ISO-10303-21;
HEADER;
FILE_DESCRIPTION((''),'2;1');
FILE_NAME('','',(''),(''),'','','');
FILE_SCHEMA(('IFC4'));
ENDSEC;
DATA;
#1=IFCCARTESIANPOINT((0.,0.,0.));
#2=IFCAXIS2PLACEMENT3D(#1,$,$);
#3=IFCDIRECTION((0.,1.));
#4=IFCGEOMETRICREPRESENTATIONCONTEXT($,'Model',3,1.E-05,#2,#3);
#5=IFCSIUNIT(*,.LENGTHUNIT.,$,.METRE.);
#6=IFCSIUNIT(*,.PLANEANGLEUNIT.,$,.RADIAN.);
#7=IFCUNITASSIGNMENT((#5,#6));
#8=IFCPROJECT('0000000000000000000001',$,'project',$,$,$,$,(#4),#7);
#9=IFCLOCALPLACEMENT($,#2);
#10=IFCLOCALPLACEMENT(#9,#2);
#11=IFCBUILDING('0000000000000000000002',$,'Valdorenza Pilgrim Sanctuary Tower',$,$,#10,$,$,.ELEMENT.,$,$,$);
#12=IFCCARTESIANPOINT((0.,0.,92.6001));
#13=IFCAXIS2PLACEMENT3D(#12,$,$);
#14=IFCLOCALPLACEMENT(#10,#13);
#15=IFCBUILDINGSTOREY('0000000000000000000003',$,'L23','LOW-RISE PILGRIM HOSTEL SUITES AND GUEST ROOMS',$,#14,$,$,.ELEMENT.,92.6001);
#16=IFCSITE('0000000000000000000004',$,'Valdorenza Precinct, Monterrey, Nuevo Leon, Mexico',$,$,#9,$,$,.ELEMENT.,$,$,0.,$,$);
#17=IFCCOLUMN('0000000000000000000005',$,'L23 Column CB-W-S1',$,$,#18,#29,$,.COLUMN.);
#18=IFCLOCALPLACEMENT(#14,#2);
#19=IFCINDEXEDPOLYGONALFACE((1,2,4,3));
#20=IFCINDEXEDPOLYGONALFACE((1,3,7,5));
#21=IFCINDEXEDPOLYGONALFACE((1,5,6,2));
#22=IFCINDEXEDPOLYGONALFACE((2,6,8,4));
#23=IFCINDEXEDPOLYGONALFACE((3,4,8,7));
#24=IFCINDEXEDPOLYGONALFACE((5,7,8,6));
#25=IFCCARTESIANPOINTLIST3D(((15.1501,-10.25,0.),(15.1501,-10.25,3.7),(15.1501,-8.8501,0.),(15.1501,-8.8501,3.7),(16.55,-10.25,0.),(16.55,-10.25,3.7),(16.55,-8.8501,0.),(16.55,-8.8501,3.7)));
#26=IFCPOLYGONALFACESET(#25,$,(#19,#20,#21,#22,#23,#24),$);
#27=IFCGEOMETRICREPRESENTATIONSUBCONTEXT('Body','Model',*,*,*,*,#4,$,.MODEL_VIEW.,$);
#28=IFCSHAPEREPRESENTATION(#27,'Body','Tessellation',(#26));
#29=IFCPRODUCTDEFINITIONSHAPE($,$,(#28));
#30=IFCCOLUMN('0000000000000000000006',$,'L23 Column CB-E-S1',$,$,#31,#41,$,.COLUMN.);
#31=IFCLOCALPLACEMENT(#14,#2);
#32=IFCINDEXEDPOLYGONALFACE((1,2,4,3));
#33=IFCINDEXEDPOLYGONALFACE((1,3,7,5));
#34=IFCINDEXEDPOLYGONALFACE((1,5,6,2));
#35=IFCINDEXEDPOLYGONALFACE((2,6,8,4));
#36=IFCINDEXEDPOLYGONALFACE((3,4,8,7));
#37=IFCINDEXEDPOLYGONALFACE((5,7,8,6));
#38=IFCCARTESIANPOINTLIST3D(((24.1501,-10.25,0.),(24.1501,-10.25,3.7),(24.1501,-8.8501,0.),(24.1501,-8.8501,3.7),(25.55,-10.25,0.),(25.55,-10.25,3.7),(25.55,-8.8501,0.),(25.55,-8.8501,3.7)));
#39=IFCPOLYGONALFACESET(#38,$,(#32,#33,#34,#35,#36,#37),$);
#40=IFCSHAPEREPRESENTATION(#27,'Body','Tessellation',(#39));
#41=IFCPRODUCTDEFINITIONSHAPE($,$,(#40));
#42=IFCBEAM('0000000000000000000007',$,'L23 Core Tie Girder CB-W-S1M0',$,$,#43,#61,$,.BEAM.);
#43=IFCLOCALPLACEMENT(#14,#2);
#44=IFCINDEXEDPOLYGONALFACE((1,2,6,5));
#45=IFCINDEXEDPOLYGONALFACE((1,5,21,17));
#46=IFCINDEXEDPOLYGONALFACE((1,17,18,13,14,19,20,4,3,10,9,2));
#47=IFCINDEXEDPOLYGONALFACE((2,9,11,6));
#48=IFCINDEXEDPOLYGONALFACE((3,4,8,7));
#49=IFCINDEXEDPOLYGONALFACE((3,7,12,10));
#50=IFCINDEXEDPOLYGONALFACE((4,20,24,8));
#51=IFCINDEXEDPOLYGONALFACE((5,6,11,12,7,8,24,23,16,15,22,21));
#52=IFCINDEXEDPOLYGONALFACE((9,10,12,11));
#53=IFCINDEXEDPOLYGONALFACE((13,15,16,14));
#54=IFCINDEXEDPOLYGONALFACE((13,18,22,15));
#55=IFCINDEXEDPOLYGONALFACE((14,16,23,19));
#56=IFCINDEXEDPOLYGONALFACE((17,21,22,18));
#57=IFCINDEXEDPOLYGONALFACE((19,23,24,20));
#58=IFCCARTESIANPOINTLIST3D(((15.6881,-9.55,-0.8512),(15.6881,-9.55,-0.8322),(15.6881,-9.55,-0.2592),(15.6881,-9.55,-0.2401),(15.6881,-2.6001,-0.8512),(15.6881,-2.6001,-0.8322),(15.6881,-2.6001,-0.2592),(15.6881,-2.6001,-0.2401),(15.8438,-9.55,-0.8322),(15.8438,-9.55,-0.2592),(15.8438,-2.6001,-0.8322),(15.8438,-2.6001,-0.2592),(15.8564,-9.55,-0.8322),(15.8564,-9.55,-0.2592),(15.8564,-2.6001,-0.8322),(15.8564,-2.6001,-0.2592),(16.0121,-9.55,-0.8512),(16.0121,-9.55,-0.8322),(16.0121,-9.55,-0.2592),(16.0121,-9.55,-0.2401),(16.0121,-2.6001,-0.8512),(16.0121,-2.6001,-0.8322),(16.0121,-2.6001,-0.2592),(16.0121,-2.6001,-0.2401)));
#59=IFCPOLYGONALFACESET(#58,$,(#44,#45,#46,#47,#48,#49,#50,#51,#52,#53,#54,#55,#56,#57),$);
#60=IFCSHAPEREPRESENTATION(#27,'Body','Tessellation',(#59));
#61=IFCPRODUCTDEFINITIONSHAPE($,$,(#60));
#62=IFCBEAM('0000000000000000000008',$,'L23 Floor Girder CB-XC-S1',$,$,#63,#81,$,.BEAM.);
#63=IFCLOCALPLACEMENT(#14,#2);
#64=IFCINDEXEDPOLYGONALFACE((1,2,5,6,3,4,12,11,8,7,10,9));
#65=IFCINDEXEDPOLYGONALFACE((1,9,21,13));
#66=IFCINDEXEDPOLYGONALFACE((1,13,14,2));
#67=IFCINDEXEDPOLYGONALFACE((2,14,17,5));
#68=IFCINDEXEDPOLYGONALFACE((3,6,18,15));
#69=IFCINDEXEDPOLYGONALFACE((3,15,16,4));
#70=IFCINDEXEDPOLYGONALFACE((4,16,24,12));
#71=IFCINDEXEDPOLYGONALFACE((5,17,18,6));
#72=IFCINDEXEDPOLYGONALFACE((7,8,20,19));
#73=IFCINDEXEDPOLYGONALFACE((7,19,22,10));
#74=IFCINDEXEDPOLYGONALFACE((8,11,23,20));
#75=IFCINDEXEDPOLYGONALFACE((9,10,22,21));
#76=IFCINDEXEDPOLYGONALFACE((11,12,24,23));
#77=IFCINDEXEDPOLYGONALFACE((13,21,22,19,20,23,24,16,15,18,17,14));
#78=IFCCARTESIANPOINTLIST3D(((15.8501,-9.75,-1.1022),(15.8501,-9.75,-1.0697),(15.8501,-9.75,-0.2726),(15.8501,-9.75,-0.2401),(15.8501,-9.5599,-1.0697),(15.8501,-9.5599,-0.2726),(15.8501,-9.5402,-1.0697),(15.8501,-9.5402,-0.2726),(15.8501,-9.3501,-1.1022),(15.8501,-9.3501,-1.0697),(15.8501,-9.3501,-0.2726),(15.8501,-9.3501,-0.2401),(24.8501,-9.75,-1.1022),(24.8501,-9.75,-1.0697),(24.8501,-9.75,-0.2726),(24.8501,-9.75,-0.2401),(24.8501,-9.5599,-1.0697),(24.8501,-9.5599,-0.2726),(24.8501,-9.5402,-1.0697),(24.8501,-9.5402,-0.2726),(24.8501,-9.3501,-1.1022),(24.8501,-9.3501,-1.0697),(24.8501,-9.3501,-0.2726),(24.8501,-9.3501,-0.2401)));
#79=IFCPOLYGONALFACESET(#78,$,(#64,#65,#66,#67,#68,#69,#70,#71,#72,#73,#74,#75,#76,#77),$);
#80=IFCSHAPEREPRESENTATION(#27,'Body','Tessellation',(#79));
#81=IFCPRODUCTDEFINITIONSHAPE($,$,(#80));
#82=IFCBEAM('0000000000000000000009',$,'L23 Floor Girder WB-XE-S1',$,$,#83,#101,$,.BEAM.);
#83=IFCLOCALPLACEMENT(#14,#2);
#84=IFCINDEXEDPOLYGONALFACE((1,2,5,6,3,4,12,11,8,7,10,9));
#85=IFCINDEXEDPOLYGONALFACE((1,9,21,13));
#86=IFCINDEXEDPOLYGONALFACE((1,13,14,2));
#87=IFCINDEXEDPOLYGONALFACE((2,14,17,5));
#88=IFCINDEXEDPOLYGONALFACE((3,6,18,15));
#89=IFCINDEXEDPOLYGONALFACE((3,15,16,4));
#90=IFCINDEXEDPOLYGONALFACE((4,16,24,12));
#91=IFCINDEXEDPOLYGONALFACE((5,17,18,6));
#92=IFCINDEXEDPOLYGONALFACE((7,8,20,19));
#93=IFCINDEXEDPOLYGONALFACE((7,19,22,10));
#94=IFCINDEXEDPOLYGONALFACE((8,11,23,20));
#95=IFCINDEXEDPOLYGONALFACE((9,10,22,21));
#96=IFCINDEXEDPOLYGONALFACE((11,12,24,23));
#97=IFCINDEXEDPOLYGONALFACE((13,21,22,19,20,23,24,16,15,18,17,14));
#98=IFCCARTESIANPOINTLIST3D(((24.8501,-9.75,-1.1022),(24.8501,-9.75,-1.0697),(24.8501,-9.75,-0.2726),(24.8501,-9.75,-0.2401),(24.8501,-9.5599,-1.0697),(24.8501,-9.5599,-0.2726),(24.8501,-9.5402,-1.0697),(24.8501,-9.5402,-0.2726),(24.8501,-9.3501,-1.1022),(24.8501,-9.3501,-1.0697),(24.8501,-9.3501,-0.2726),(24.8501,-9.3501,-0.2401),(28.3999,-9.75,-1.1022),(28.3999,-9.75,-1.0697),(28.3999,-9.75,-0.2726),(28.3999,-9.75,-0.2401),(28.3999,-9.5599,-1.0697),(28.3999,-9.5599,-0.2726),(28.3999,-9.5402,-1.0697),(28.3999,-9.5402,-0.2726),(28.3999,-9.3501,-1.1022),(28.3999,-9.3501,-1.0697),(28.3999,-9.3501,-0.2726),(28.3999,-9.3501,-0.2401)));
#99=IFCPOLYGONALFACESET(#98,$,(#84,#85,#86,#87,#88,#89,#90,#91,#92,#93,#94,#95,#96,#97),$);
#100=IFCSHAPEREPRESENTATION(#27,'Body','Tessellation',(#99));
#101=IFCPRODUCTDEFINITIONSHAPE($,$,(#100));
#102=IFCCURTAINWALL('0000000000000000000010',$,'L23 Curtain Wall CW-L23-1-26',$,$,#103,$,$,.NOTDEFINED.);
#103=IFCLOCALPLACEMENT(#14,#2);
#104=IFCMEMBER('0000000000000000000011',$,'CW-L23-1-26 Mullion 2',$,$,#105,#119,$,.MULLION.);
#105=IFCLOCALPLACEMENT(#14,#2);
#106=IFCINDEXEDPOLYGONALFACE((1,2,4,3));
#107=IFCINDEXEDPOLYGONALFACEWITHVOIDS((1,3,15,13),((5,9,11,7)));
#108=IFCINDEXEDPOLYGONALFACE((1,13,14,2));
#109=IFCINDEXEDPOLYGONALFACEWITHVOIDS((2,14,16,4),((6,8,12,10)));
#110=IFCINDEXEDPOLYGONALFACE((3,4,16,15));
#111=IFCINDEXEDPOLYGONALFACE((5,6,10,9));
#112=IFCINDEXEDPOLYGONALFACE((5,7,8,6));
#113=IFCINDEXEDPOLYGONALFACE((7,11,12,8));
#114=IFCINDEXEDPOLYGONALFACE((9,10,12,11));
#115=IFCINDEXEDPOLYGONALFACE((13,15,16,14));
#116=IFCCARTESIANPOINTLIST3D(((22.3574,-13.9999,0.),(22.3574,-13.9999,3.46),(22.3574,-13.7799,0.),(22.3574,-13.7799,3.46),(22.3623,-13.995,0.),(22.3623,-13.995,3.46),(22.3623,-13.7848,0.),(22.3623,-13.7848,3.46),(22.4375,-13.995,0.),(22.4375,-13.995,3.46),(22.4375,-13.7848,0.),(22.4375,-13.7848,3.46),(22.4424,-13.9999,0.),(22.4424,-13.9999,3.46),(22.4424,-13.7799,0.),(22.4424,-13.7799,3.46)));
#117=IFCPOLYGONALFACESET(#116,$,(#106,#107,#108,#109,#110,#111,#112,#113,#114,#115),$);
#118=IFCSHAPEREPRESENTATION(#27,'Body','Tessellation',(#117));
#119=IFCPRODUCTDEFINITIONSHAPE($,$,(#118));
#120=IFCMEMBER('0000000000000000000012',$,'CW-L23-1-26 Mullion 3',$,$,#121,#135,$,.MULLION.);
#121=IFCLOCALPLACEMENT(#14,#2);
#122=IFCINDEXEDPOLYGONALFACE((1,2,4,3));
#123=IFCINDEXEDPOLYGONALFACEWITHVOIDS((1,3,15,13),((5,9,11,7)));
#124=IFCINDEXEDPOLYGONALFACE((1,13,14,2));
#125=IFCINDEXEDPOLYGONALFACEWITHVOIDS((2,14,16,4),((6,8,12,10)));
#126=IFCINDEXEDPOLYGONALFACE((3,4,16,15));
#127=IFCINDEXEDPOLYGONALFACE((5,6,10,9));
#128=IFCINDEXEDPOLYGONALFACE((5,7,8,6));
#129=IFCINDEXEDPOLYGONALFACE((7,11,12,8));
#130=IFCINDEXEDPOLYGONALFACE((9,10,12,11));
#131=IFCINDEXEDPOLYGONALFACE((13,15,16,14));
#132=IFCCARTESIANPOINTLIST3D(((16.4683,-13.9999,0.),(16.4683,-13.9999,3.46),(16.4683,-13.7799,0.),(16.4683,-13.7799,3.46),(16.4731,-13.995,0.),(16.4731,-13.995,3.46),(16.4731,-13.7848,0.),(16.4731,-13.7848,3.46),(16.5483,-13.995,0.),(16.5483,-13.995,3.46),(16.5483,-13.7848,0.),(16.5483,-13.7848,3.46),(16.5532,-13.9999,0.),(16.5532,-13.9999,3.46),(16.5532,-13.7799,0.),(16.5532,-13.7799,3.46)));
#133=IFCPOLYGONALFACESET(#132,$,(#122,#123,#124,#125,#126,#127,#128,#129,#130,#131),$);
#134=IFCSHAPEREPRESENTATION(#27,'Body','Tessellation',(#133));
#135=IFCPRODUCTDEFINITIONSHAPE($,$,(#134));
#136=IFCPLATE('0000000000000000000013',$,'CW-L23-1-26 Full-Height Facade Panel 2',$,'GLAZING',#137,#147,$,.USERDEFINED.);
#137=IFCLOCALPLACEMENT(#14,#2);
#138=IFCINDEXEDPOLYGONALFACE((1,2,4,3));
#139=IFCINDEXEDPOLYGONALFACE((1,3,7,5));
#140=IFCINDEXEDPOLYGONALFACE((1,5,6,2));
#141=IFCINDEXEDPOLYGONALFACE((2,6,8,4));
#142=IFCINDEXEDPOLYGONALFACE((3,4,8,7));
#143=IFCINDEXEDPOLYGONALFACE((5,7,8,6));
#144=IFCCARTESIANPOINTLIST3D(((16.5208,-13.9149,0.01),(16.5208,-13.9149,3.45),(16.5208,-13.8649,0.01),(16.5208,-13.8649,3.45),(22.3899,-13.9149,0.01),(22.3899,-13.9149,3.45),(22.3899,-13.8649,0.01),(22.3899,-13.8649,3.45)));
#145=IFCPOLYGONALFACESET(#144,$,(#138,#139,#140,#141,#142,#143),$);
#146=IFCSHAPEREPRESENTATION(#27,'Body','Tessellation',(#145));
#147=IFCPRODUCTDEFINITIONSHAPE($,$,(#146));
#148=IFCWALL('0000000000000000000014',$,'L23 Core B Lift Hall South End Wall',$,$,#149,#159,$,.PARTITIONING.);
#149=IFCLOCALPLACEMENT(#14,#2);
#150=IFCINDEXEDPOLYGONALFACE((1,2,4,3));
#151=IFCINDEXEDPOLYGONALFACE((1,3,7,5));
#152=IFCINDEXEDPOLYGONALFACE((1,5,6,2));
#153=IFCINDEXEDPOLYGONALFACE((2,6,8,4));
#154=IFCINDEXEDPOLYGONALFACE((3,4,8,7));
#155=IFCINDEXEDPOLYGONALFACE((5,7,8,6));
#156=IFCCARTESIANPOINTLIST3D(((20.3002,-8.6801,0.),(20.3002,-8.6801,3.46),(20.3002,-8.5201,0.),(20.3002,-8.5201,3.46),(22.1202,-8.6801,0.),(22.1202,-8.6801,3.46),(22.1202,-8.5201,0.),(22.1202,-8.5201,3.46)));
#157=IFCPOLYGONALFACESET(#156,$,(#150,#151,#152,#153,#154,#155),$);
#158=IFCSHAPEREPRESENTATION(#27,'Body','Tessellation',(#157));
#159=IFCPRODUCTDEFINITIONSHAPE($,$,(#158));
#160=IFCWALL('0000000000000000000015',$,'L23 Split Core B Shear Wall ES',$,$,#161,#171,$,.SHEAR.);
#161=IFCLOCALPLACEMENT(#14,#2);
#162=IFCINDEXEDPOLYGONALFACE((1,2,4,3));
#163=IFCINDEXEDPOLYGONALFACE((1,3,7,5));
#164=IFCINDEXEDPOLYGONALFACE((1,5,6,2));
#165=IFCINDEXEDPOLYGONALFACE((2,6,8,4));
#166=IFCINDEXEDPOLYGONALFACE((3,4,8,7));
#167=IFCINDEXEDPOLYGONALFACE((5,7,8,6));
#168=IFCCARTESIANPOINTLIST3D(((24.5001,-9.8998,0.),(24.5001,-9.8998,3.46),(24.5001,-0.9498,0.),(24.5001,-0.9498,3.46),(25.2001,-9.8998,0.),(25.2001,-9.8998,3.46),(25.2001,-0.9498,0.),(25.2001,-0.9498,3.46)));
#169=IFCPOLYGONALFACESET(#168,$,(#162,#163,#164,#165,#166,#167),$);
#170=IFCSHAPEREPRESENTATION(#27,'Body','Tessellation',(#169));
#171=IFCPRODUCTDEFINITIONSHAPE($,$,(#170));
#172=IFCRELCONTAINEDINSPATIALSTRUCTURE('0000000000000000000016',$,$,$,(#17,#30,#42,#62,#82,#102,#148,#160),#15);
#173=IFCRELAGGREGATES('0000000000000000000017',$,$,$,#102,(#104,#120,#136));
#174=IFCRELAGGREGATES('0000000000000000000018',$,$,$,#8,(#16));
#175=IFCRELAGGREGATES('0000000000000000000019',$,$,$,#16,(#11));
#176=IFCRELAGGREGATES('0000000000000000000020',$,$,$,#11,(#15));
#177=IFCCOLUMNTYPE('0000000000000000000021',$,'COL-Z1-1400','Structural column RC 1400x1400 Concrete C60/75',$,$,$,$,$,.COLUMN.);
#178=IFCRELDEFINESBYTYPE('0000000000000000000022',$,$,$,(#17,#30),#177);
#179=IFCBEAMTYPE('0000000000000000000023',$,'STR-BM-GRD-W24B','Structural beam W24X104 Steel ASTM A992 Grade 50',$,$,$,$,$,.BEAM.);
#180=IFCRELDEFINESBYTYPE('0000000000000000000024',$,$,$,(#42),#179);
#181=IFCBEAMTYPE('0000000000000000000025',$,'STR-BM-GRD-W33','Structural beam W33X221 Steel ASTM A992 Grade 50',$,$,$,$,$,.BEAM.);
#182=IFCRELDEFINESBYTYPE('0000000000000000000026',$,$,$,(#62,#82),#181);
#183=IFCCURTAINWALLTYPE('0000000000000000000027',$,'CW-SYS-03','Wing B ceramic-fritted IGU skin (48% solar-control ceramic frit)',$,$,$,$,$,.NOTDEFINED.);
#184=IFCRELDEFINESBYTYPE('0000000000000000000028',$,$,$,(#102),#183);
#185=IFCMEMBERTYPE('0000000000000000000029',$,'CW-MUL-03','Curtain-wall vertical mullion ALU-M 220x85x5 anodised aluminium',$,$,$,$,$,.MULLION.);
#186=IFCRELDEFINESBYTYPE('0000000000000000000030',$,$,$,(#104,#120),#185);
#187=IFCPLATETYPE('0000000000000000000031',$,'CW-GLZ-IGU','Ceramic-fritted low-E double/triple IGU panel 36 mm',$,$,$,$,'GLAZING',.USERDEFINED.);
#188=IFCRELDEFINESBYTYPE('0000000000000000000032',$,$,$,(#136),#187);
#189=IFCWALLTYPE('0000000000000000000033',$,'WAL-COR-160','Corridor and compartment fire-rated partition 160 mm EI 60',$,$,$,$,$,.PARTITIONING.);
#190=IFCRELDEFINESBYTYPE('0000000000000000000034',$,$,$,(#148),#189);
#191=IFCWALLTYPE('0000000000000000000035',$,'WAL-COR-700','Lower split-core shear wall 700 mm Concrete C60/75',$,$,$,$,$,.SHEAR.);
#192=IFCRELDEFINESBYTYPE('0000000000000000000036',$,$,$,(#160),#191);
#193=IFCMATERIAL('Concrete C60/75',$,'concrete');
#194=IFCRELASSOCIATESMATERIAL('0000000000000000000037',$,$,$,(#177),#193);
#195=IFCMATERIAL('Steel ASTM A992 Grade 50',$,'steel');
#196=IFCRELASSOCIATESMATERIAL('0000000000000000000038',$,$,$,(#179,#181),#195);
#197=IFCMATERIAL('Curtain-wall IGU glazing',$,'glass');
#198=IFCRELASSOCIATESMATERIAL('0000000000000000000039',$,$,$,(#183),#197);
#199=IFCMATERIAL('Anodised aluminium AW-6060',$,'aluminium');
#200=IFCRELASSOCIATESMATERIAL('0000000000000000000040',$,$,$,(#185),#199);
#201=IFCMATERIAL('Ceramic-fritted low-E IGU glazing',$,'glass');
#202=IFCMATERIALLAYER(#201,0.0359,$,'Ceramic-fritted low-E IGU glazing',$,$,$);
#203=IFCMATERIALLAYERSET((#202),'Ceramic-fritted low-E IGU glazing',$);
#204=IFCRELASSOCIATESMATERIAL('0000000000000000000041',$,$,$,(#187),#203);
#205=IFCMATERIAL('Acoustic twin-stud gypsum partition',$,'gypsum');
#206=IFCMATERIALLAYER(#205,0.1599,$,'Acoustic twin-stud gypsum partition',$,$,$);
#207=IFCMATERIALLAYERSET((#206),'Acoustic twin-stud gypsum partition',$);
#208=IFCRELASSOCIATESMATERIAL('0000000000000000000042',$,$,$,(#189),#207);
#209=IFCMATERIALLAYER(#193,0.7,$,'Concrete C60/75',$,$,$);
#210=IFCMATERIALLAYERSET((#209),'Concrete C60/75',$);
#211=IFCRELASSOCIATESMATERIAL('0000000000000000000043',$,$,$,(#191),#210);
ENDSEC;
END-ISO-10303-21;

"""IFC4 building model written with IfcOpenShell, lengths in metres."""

from ifc_helpers import new_model, si_unit, direction, frame, frame_2d, origin, origin_2d, place, context, subcontext, project, spatial, rectangle, hollow_rectangle, i_section, extrude, source, transform, mapped, material, layer, layer_set, material_profile, profile_set, type_object, element, aggregate, save


model = new_model("IFC4")

# Units and contexts
model_context = context("Model", 3, precision=1e-05, world=origin(), true_north=direction((0.0, 1.0)))
body_context = subcontext(model_context, "Body", "Model", "MODEL_VIEW")
ifc_project = project(units=[si_unit("LENGTHUNIT", "METRE"), si_unit("PLANEANGLEUNIT", "RADIAN")], contexts=[model_context])

# Site, building, storey
site_placement = place(None, origin())
site = spatial("IfcSite", under=ifc_project, at=site_placement, Name="Valdorenza Precinct, Monterrey, Nuevo Leon, Mexico", CompositionType="ELEMENT", RefElevation=0.0)
building_placement = place(site_placement, origin())
building = spatial("IfcBuilding", under=site, at=building_placement, Name="Valdorenza Pilgrim Sanctuary Tower", CompositionType="ELEMENT")
storey_placement = place(building_placement, frame((0.0, 0.0, 92.6001)))
storey = spatial("IfcBuildingStorey", under=building, at=storey_placement, Name="L23", Description="LOW-RISE PILGRIM HOSTEL SUITES AND GUEST ROOMS", CompositionType="ELEMENT", Elevation=92.6001)

# Columns
ifc_material_1 = material(Name="Concrete C60/75", Category="concrete")
ifc_material_profile_1 = material_profile(ifc_material_1, rectangle(XDim=1.3999, YDim=1.3999, at=origin_2d()), Name="RC 1400x1400")
ifc_profile_set_1 = profile_set([ifc_material_profile_1], Name="Concrete C60/75")
column_type = type_object("IfcColumnType", Name="COL-Z1-1400", Description="Structural column RC 1400x1400 Concrete C60/75", PredefinedType="COLUMN", material=ifc_profile_set_1)
shared_shape_1 = source(origin(), body_context, "Body", "SweptSolid", [
    extrude(rectangle(XDim=1.3999, YDim=1.3999, at=origin_2d()), origin(), (0.0, 0.0, 1.0), 3.7),
])
for number, where, z_axis, x_axis, name in (
    (1, (15.8501, -9.55, 0.0), (0.0, 0.0, 1.0), (1.0, 0.0, 0.0), "L23 Column CB-W-S1"),
    (2, (24.8501, -9.55, 0.0), (0.0, 0.0, 1.0), (1.0, 0.0, 0.0), "L23 Column CB-E-S1"),
):
    element("IfcColumn", number, at=place(storey_placement, frame(where, z_axis=z_axis, x_axis=x_axis)), inside=storey, type_object=column_type, Name=name, PredefinedType="COLUMN", context=body_context, shape_type="MappedRepresentation", body=[
        mapped(shared_shape_1, transform((0.0, 0.0, 0.0), x_axis=(1.0, 0.0, 0.0), y_axis=(0.0, 1.0, 0.0), z_axis=(0.0, 0.0, 1.0), scale=1.0)),
    ])

# Beams
ifc_material_2 = material(Name="Steel ASTM A992 Grade 50", Category="steel")
ifc_material_profile_2 = material_profile(ifc_material_2, i_section(OverallWidth=0.324, OverallDepth=0.6111, WebThickness=0.0127, FlangeThickness=0.019, at=origin_2d()), Name="W24X104")
ifc_profile_set_2 = profile_set([ifc_material_profile_2], Name="Steel ASTM A992 Grade 50")
beam_type_1 = type_object("IfcBeamType", Name="STR-BM-GRD-W24B", Description="Structural beam W24X104 Steel ASTM A992 Grade 50", PredefinedType="BEAM", material=ifc_profile_set_2)
shared_shape_2 = source(origin(), body_context, "Body", "SweptSolid", [
    extrude(i_section(OverallWidth=0.324, OverallDepth=0.6111, WebThickness=0.0127, FlangeThickness=0.019, at=origin_2d()), origin(), (0.0, 0.0, 1.0), 6.95),
])
beam_1_placement = place(storey_placement, frame((15.8501, -9.55, -0.5457), z_axis=(0.0, 1.0, 0.0), x_axis=(-1.0, 0.0, 0.0)))
element("IfcBeam", 3, at=beam_1_placement, inside=storey, type_object=beam_type_1, Name="L23 Core Tie Girder CB-W-S1M0", PredefinedType="BEAM", context=body_context, shape_type="MappedRepresentation", body=[
    mapped(shared_shape_2, transform((0.0, 0.0, 0.0), x_axis=(1.0, 0.0, 0.0), y_axis=(0.0, 1.0, 0.0), z_axis=(0.0, 0.0, 1.0), scale=1.0)),
])
ifc_material_profile_3 = material_profile(ifc_material_2, i_section(OverallWidth=0.3999, OverallDepth=0.8621, WebThickness=0.0198, FlangeThickness=0.0325, at=origin_2d()), Name="W33X221")
ifc_profile_set_3 = profile_set([ifc_material_profile_3], Name="Steel ASTM A992 Grade 50")
beam_type_2 = type_object("IfcBeamType", Name="STR-BM-GRD-W33", Description="Structural beam W33X221 Steel ASTM A992 Grade 50", PredefinedType="BEAM", material=ifc_profile_set_3)
shared_shape_3 = source(origin(), body_context, "Body", "SweptSolid", [
    extrude(i_section(OverallWidth=0.3999, OverallDepth=0.8621, WebThickness=0.0198, FlangeThickness=0.0325, at=origin_2d()), origin(), (0.0, 0.0, 1.0), 9.0),
])
beam_2_placement = place(storey_placement, frame((15.8501, -9.55, -0.6711), z_axis=(1.0, 0.0, 0.0), x_axis=(0.0, 1.0, 0.0)))
element("IfcBeam", 4, at=beam_2_placement, inside=storey, type_object=beam_type_2, Name="L23 Floor Girder CB-XC-S1", PredefinedType="BEAM", context=body_context, shape_type="MappedRepresentation", body=[
    mapped(shared_shape_3, transform((0.0, 0.0, 0.0), x_axis=(1.0, 0.0, 0.0), y_axis=(0.0, 1.0, 0.0), z_axis=(0.0, 0.0, 1.0), scale=1.0)),
])
shared_shape_4 = source(origin(), body_context, "Body", "SweptSolid", [
    extrude(i_section(OverallWidth=0.3999, OverallDepth=0.8621, WebThickness=0.0198, FlangeThickness=0.0325, at=origin_2d()), origin(), (0.0, 0.0, 1.0), 3.5498),
])
beam_3_placement = place(storey_placement, frame((24.8501, -9.55, -0.6711), z_axis=(1.0, 0.0, 0.0), x_axis=(0.0, 1.0, 0.0)))
element("IfcBeam", 5, at=beam_3_placement, inside=storey, type_object=beam_type_2, Name="L23 Floor Girder WB-XE-S1", PredefinedType="BEAM", context=body_context, shape_type="MappedRepresentation", body=[
    mapped(shared_shape_4, transform((0.0, 0.0, 0.0), x_axis=(1.0, 0.0, 0.0), y_axis=(0.0, 1.0, 0.0), z_axis=(0.0, 0.0, 1.0), scale=1.0)),
])

# Curtain wall, members, plate
ifc_material_3 = material(Name="Curtain-wall IGU glazing", Category="glass")
curtain_wall_type = type_object("IfcCurtainWallType", Name="CW-SYS-03", Description="Wing B ceramic-fritted IGU skin (48% solar-control ceramic frit)", PredefinedType="NOTDEFINED", material=ifc_material_3)
curtain_wall_placement = place(storey_placement, origin())
curtain_wall = element("IfcCurtainWall", 6, at=curtain_wall_placement, inside=storey, type_object=curtain_wall_type, Name="L23 Curtain Wall CW-L23-1-26", PredefinedType="NOTDEFINED")
ifc_material_4 = material(Name="Anodised aluminium AW-6060", Category="aluminium")
ifc_material_profile_4 = material_profile(ifc_material_4, hollow_rectangle(XDim=0.085, YDim=0.22, WallThickness=0.0049, at=origin_2d()), Name="ALU-M 220x85x5")
ifc_profile_set_4 = profile_set([ifc_material_profile_4], Name="Anodised aluminium AW-6060")
member_type = type_object("IfcMemberType", Name="CW-MUL-03", Description="Curtain-wall vertical mullion ALU-M 220x85x5 anodised aluminium", PredefinedType="MULLION", material=ifc_profile_set_4)
shared_shape_5 = source(origin(), body_context, "Body", "SweptSolid", [
    extrude(hollow_rectangle(XDim=0.085, YDim=0.22, WallThickness=0.0049, at=origin_2d()), origin(), (0.0, 0.0, 1.0), 3.46),
])
member_1_placement = place(storey_placement, frame((22.3999, -13.8899, 0.0), z_axis=(0.0, 0.0, 1.0), x_axis=(-1.0, 0.0, 0.0)))
member_1 = element("IfcMember", 7, at=member_1_placement, type_object=member_type, Name="CW-L23-1-26 Mullion 2", PredefinedType="MULLION", context=body_context, shape_type="MappedRepresentation", body=[
    mapped(shared_shape_5, transform((0.0, 0.0, 0.0), x_axis=(1.0, 0.0, 0.0), y_axis=(0.0, 1.0, 0.0), z_axis=(0.0, 0.0, 1.0), scale=1.0)),
])
member_2_placement = place(storey_placement, frame((16.5107, -13.8899, 0.0), z_axis=(0.0, 0.0, 1.0), x_axis=(-1.0, 0.0, 0.0)))
member_2 = element("IfcMember", 8, at=member_2_placement, type_object=member_type, Name="CW-L23-1-26 Mullion 3", PredefinedType="MULLION", context=body_context, shape_type="MappedRepresentation", body=[
    mapped(shared_shape_5, transform((0.0, 0.0, 0.0), x_axis=(1.0, 0.0, 0.0), y_axis=(0.0, 1.0, 0.0), z_axis=(0.0, 0.0, 1.0), scale=1.0)),
])
ifc_material_5 = material(Name="Ceramic-fritted low-E IGU glazing", Category="glass")
ifc_layer_1 = layer(ifc_material_5, 0.0359, Name="Ceramic-fritted low-E IGU glazing")
ifc_layer_set_1 = layer_set([ifc_layer_1], Name="Ceramic-fritted low-E IGU glazing")
plate_type = type_object("IfcPlateType", Name="CW-GLZ-IGU", Description="Ceramic-fritted low-E double/triple IGU panel 36 mm", ElementType="GLAZING", PredefinedType="USERDEFINED", material=ifc_layer_set_1)
shared_shape_6 = source(origin(), body_context, "Body", "SweptSolid", [
    extrude(rectangle(XDim=5.8691, YDim=0.05, at=origin_2d()), origin(), (0.0, 0.0, 1.0), 3.4399),
])
plate_placement = place(storey_placement, frame((19.4553, -13.8899, 0.01), z_axis=(0.0, 0.0, 1.0), x_axis=(-1.0, 0.0, 0.0)))
plate = element("IfcPlate", 9, at=plate_placement, type_object=plate_type, Name="CW-L23-1-26 Full-Height Facade Panel 2", ObjectType="GLAZING", PredefinedType="USERDEFINED", context=body_context, shape_type="MappedRepresentation", body=[
    mapped(shared_shape_6, transform((0.0, 0.0, 0.0), x_axis=(1.0, 0.0, 0.0), y_axis=(0.0, 1.0, 0.0), z_axis=(0.0, 0.0, 1.0), scale=1.0)),
])
aggregate(curtain_wall, [member_1, member_2, plate])

# Walls
ifc_material_6 = material(Name="Acoustic twin-stud gypsum partition", Category="gypsum")
ifc_layer_2 = layer(ifc_material_6, 0.1599, Name="Acoustic twin-stud gypsum partition")
ifc_layer_set_2 = layer_set([ifc_layer_2], Name="Acoustic twin-stud gypsum partition")
wall_type_1 = type_object("IfcWallType", Name="WAL-COR-160", Description="Corridor and compartment fire-rated partition 160 mm EI 60", PredefinedType="PARTITIONING", material=ifc_layer_set_2)
wall_1_placement = place(storey_placement, frame((20.3, -8.6001, 0.0), z_axis=(0.0, 0.0, 1.0), x_axis=(1.0, 0.0, 0.0)))
element("IfcWall", 10, at=wall_1_placement, inside=storey, type_object=wall_type_1, Name="L23 Core B Lift Hall South End Wall", PredefinedType="PARTITIONING", context=body_context, shape_type="SweptSolid", body=[
    extrude(rectangle(XDim=1.8201, YDim=0.1599, at=frame_2d((0.9102, 0.0))), origin(), (0.0, 0.0, 1.0), 3.46),
])
ifc_layer_3 = layer(ifc_material_1, 0.7, Name="Concrete C60/75")
ifc_layer_set_3 = layer_set([ifc_layer_3], Name="Concrete C60/75")
wall_type_2 = type_object("IfcWallType", Name="WAL-COR-700", Description="Lower split-core shear wall 700 mm Concrete C60/75", PredefinedType="SHEAR", material=ifc_layer_set_3)
wall_2_placement = place(storey_placement, frame((24.8501, -9.8999, 0.0), z_axis=(0.0, 0.0, 1.0), x_axis=(0.0, 1.0, 0.0)))
element("IfcWall", 11, at=wall_2_placement, inside=storey, type_object=wall_type_2, Name="L23 Split Core B Shear Wall ES", PredefinedType="SHEAR", context=body_context, shape_type="SweptSolid", body=[
    extrude(rectangle(XDim=8.95, YDim=0.7, at=frame_2d((4.4751, 0.0))), origin(), (0.0, 0.0, 1.0), 3.46),
])

save(model, "model.ifc")
